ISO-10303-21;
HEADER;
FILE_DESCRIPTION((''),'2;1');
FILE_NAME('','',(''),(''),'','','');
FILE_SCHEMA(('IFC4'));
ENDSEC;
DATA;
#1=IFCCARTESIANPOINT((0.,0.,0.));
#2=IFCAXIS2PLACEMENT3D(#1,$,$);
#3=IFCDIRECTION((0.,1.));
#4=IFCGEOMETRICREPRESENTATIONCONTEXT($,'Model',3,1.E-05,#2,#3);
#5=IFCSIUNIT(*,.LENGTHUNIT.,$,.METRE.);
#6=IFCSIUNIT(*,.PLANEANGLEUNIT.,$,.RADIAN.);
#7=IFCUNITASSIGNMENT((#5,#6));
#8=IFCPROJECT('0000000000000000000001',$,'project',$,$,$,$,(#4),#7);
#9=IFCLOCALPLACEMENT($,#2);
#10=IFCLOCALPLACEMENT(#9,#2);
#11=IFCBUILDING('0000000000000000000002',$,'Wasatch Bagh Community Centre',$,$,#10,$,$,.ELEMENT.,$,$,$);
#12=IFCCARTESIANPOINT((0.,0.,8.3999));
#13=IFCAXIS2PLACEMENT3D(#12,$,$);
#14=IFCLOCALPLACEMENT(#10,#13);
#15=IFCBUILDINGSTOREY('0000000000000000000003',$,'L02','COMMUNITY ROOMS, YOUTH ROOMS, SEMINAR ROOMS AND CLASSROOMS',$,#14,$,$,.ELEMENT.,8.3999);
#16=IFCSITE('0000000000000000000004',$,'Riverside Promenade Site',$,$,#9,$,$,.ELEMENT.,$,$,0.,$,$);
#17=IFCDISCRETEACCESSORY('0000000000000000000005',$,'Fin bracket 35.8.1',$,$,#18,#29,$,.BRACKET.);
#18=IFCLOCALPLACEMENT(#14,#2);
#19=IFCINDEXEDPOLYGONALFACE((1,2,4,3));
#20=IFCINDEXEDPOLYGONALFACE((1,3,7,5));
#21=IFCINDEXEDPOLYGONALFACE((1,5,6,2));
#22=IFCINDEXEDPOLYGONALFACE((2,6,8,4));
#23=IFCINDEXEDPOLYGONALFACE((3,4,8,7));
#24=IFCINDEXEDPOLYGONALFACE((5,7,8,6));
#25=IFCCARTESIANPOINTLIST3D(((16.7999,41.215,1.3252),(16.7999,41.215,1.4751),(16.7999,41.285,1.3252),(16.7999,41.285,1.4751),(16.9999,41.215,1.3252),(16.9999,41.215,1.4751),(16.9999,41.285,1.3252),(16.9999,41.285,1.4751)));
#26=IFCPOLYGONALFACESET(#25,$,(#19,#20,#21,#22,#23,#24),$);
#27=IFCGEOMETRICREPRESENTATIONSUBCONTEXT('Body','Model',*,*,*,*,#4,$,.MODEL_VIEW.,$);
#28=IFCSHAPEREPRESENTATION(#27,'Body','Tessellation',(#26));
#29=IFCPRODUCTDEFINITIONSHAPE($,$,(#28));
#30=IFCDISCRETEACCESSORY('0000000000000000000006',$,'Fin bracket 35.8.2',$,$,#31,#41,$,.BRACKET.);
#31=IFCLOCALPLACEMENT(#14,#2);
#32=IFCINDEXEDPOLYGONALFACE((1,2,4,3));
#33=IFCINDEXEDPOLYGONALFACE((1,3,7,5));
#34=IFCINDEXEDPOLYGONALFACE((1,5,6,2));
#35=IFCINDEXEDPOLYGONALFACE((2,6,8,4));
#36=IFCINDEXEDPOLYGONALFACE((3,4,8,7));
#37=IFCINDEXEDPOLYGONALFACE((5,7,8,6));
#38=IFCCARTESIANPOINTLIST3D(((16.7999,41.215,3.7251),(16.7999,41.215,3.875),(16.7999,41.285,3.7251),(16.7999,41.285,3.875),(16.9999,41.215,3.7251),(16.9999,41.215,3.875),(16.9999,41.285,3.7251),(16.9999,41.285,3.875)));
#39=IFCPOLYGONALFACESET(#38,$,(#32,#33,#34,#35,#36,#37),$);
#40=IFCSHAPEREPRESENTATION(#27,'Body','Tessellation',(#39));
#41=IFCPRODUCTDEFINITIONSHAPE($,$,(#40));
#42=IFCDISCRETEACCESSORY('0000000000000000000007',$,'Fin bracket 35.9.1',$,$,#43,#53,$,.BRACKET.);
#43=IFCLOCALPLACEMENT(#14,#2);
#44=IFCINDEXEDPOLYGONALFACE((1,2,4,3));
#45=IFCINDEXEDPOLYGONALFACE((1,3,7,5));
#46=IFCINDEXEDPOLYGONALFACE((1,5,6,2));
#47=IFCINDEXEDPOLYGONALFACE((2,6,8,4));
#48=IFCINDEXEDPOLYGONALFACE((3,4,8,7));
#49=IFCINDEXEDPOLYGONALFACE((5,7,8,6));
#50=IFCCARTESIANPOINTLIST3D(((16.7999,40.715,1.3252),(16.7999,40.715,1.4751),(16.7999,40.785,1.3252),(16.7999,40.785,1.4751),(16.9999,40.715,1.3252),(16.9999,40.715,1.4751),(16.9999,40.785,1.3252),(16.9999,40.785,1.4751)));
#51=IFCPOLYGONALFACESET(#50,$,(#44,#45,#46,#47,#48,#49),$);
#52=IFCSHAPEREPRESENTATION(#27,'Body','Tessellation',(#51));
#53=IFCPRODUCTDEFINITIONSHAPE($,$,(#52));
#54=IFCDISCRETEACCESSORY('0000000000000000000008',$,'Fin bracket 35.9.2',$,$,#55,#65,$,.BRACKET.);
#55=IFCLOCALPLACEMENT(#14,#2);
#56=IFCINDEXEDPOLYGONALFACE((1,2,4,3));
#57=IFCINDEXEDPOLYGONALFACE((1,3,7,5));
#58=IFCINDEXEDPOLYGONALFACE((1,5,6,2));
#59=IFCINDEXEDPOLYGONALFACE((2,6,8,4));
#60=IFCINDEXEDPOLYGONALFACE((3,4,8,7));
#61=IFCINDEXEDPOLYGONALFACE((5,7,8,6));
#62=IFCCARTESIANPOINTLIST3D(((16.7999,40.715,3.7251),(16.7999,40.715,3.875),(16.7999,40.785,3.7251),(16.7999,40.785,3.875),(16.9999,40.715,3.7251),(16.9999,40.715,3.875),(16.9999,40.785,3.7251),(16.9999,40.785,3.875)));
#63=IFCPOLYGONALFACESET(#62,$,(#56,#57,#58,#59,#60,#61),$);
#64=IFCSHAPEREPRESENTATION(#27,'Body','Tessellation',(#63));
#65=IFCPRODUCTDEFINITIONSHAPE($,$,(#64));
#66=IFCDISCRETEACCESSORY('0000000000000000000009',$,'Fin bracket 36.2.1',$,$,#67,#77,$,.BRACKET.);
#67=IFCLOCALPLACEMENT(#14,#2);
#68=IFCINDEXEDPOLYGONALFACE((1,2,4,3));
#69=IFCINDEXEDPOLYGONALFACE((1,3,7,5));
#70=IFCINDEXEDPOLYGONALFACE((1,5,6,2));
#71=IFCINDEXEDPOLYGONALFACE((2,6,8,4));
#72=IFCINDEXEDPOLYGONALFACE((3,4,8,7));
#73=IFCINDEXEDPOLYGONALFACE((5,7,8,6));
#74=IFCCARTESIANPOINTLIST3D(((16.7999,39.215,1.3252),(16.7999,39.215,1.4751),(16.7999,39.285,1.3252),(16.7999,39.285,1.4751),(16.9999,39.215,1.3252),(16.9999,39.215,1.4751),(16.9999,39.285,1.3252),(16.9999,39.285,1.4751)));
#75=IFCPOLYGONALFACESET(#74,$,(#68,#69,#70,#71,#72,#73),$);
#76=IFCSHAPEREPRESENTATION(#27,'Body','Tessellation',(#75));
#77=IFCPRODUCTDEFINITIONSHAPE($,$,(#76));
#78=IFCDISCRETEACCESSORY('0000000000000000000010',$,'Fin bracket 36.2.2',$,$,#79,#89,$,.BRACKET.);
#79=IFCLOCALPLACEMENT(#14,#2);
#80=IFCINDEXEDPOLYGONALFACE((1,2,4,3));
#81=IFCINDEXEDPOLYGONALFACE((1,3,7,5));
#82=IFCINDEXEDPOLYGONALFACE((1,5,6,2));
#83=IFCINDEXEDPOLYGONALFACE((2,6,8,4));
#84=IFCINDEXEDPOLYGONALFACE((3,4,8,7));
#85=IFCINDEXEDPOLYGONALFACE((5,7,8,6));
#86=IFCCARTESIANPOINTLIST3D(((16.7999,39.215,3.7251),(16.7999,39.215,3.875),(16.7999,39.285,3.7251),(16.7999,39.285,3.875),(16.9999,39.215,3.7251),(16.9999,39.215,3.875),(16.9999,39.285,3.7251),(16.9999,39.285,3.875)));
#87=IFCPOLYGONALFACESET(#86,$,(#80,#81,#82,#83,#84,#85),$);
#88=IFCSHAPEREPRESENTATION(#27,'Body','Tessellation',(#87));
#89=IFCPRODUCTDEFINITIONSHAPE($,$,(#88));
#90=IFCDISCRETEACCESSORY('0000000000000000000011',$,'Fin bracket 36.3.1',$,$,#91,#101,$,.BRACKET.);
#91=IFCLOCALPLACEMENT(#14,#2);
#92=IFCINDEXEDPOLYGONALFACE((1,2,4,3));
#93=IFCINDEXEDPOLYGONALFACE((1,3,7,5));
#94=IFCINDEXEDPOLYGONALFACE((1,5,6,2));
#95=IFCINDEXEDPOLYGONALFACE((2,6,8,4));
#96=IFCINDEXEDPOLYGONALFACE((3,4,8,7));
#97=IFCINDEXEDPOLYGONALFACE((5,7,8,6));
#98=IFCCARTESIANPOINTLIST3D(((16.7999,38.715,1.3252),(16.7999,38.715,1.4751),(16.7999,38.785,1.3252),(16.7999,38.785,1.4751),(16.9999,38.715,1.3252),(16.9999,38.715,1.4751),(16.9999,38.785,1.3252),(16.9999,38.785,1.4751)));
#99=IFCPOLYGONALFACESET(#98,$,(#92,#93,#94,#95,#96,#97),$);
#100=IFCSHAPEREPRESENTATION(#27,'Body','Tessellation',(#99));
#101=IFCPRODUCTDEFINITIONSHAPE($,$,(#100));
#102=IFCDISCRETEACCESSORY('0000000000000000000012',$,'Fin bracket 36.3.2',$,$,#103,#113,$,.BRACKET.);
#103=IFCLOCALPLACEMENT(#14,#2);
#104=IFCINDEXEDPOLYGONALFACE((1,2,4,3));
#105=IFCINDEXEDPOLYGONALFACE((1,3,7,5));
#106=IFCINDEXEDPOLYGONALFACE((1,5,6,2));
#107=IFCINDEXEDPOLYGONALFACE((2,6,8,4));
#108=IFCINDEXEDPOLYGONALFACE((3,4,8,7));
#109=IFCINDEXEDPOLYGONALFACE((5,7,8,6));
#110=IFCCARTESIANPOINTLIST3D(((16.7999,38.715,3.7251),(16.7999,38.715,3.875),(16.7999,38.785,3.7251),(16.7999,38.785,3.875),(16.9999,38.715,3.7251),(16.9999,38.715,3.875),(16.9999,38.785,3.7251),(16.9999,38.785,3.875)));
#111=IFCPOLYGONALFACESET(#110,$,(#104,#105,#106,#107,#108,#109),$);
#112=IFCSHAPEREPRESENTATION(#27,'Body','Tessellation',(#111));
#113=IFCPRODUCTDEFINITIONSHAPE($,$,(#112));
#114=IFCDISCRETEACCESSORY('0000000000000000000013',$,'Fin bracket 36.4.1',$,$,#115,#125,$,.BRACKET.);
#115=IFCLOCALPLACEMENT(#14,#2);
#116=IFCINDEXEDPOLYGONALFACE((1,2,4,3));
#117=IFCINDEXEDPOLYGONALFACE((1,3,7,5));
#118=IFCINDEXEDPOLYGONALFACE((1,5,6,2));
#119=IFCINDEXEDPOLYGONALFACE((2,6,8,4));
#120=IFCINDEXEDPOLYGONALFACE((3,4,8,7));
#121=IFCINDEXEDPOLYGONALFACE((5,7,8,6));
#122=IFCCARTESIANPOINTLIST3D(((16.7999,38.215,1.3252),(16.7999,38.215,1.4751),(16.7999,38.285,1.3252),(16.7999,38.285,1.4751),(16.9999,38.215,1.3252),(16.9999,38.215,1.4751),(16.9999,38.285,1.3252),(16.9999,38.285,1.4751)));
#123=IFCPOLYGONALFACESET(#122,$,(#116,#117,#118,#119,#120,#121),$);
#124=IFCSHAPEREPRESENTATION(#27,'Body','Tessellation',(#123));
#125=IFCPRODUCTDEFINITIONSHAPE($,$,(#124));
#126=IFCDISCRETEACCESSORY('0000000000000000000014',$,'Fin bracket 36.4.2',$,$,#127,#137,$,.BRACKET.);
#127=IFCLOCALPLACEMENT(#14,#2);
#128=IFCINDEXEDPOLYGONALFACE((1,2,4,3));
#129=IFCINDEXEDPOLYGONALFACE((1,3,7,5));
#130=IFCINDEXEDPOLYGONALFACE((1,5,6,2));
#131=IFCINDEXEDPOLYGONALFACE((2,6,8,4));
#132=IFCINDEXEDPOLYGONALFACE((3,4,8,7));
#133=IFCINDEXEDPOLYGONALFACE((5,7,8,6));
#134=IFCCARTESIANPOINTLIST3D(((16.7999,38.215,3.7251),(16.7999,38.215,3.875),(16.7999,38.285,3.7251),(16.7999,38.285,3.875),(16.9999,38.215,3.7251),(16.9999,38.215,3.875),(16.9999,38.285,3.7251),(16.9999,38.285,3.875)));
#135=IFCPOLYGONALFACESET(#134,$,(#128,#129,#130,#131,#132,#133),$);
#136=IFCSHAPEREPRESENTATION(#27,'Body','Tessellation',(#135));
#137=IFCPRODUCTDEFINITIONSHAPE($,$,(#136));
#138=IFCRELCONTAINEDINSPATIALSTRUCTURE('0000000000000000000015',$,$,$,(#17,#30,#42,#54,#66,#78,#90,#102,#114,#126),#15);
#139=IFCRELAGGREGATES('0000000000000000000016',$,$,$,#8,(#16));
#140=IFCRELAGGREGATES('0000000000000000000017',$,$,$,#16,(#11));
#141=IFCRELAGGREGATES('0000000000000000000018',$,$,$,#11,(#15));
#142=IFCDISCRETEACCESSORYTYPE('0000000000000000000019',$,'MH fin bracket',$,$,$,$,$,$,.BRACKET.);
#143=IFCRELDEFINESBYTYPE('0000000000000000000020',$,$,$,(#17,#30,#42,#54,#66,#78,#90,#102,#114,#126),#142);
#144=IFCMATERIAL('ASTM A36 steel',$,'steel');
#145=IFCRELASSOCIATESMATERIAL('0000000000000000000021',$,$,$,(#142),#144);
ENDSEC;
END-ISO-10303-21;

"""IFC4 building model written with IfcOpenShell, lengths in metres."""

from ifc_helpers import new_model, si_unit, direction, frame, origin, origin_2d, place, context, subcontext, project, spatial, rectangle, extrude, material, type_object, element, save


model = new_model("IFC4")

# Units and contexts
model_context = context("Model", 3, precision=1e-05, world=origin(), true_north=direction((0.0, 1.0)))
body_context = subcontext(model_context, "Body", "Model", "MODEL_VIEW")
ifc_project = project(units=[si_unit("LENGTHUNIT", "METRE"), si_unit("PLANEANGLEUNIT", "RADIAN")], contexts=[model_context])

# Site, building, storey
site_placement = place(None, origin())
site = spatial("IfcSite", under=ifc_project, at=site_placement, Name="Riverside Promenade Site", CompositionType="ELEMENT", RefElevation=0.0)
building_placement = place(site_placement, origin())
building = spatial("IfcBuilding", under=site, at=building_placement, Name="Wasatch Bagh Community Centre", CompositionType="ELEMENT")
storey_placement = place(building_placement, frame((0.0, 0.0, 8.3999)))
storey = spatial("IfcBuildingStorey", under=building, at=storey_placement, Name="L02", Description="COMMUNITY ROOMS, YOUTH ROOMS, SEMINAR ROOMS AND CLASSROOMS", CompositionType="ELEMENT", Elevation=8.3999)

# Discrete accessories
ifc_material_1 = material(Name="ASTM A36 steel", Category="steel")
discrete_accessory_type = type_object("IfcDiscreteAccessoryType", Name="MH fin bracket", PredefinedType="BRACKET", material=ifc_material_1)
for number, where, z_axis, x_axis, name in (
    (1, (16.8999, 41.25, 1.3252), (0.0, 0.0, 1.0), (0.0, -1.0, 0.0), "Fin bracket 35.8.1"),
    (2, (16.8999, 41.25, 3.7251), (0.0, 0.0, 1.0), (0.0, -1.0, 0.0), "Fin bracket 35.8.2"),
    (3, (16.8999, 40.75, 1.3252), (0.0, 0.0, 1.0), (0.0, -1.0, 0.0), "Fin bracket 35.9.1"),
    (4, (16.8999, 40.75, 3.7251), (0.0, 0.0, 1.0), (0.0, -1.0, 0.0), "Fin bracket 35.9.2"),
    (5, (16.8999, 39.25, 1.3252), (0.0, 0.0, 1.0), (0.0, -1.0, 0.0), "Fin bracket 36.2.1"),
    (6, (16.8999, 39.25, 3.7251), (0.0, 0.0, 1.0), (0.0, -1.0, 0.0), "Fin bracket 36.2.2"),
    (7, (16.8999, 38.75, 1.3252), (0.0, 0.0, 1.0), (0.0, -1.0, 0.0), "Fin bracket 36.3.1"),
    (8, (16.8999, 38.75, 3.7251), (0.0, 0.0, 1.0), (0.0, -1.0, 0.0), "Fin bracket 36.3.2"),
    (9, (16.8999, 38.25, 1.3252), (0.0, 0.0, 1.0), (0.0, -1.0, 0.0), "Fin bracket 36.4.1"),
    (10, (16.8999, 38.25, 3.7251), (0.0, 0.0, 1.0), (0.0, -1.0, 0.0), "Fin bracket 36.4.2"),
):
    element("IfcDiscreteAccessory", number, at=place(storey_placement, frame(where, z_axis=z_axis, x_axis=x_axis)), inside=storey, type_object=discrete_accessory_type, Name=name, PredefinedType="BRACKET", context=body_context, shape_type="SweptSolid", body=[
        extrude(rectangle(XDim=0.0701, YDim=0.2, at=origin_2d()), origin(), (0.0, 0.0, 1.0), 0.1499),
    ])

save(model, "model.ifc")
